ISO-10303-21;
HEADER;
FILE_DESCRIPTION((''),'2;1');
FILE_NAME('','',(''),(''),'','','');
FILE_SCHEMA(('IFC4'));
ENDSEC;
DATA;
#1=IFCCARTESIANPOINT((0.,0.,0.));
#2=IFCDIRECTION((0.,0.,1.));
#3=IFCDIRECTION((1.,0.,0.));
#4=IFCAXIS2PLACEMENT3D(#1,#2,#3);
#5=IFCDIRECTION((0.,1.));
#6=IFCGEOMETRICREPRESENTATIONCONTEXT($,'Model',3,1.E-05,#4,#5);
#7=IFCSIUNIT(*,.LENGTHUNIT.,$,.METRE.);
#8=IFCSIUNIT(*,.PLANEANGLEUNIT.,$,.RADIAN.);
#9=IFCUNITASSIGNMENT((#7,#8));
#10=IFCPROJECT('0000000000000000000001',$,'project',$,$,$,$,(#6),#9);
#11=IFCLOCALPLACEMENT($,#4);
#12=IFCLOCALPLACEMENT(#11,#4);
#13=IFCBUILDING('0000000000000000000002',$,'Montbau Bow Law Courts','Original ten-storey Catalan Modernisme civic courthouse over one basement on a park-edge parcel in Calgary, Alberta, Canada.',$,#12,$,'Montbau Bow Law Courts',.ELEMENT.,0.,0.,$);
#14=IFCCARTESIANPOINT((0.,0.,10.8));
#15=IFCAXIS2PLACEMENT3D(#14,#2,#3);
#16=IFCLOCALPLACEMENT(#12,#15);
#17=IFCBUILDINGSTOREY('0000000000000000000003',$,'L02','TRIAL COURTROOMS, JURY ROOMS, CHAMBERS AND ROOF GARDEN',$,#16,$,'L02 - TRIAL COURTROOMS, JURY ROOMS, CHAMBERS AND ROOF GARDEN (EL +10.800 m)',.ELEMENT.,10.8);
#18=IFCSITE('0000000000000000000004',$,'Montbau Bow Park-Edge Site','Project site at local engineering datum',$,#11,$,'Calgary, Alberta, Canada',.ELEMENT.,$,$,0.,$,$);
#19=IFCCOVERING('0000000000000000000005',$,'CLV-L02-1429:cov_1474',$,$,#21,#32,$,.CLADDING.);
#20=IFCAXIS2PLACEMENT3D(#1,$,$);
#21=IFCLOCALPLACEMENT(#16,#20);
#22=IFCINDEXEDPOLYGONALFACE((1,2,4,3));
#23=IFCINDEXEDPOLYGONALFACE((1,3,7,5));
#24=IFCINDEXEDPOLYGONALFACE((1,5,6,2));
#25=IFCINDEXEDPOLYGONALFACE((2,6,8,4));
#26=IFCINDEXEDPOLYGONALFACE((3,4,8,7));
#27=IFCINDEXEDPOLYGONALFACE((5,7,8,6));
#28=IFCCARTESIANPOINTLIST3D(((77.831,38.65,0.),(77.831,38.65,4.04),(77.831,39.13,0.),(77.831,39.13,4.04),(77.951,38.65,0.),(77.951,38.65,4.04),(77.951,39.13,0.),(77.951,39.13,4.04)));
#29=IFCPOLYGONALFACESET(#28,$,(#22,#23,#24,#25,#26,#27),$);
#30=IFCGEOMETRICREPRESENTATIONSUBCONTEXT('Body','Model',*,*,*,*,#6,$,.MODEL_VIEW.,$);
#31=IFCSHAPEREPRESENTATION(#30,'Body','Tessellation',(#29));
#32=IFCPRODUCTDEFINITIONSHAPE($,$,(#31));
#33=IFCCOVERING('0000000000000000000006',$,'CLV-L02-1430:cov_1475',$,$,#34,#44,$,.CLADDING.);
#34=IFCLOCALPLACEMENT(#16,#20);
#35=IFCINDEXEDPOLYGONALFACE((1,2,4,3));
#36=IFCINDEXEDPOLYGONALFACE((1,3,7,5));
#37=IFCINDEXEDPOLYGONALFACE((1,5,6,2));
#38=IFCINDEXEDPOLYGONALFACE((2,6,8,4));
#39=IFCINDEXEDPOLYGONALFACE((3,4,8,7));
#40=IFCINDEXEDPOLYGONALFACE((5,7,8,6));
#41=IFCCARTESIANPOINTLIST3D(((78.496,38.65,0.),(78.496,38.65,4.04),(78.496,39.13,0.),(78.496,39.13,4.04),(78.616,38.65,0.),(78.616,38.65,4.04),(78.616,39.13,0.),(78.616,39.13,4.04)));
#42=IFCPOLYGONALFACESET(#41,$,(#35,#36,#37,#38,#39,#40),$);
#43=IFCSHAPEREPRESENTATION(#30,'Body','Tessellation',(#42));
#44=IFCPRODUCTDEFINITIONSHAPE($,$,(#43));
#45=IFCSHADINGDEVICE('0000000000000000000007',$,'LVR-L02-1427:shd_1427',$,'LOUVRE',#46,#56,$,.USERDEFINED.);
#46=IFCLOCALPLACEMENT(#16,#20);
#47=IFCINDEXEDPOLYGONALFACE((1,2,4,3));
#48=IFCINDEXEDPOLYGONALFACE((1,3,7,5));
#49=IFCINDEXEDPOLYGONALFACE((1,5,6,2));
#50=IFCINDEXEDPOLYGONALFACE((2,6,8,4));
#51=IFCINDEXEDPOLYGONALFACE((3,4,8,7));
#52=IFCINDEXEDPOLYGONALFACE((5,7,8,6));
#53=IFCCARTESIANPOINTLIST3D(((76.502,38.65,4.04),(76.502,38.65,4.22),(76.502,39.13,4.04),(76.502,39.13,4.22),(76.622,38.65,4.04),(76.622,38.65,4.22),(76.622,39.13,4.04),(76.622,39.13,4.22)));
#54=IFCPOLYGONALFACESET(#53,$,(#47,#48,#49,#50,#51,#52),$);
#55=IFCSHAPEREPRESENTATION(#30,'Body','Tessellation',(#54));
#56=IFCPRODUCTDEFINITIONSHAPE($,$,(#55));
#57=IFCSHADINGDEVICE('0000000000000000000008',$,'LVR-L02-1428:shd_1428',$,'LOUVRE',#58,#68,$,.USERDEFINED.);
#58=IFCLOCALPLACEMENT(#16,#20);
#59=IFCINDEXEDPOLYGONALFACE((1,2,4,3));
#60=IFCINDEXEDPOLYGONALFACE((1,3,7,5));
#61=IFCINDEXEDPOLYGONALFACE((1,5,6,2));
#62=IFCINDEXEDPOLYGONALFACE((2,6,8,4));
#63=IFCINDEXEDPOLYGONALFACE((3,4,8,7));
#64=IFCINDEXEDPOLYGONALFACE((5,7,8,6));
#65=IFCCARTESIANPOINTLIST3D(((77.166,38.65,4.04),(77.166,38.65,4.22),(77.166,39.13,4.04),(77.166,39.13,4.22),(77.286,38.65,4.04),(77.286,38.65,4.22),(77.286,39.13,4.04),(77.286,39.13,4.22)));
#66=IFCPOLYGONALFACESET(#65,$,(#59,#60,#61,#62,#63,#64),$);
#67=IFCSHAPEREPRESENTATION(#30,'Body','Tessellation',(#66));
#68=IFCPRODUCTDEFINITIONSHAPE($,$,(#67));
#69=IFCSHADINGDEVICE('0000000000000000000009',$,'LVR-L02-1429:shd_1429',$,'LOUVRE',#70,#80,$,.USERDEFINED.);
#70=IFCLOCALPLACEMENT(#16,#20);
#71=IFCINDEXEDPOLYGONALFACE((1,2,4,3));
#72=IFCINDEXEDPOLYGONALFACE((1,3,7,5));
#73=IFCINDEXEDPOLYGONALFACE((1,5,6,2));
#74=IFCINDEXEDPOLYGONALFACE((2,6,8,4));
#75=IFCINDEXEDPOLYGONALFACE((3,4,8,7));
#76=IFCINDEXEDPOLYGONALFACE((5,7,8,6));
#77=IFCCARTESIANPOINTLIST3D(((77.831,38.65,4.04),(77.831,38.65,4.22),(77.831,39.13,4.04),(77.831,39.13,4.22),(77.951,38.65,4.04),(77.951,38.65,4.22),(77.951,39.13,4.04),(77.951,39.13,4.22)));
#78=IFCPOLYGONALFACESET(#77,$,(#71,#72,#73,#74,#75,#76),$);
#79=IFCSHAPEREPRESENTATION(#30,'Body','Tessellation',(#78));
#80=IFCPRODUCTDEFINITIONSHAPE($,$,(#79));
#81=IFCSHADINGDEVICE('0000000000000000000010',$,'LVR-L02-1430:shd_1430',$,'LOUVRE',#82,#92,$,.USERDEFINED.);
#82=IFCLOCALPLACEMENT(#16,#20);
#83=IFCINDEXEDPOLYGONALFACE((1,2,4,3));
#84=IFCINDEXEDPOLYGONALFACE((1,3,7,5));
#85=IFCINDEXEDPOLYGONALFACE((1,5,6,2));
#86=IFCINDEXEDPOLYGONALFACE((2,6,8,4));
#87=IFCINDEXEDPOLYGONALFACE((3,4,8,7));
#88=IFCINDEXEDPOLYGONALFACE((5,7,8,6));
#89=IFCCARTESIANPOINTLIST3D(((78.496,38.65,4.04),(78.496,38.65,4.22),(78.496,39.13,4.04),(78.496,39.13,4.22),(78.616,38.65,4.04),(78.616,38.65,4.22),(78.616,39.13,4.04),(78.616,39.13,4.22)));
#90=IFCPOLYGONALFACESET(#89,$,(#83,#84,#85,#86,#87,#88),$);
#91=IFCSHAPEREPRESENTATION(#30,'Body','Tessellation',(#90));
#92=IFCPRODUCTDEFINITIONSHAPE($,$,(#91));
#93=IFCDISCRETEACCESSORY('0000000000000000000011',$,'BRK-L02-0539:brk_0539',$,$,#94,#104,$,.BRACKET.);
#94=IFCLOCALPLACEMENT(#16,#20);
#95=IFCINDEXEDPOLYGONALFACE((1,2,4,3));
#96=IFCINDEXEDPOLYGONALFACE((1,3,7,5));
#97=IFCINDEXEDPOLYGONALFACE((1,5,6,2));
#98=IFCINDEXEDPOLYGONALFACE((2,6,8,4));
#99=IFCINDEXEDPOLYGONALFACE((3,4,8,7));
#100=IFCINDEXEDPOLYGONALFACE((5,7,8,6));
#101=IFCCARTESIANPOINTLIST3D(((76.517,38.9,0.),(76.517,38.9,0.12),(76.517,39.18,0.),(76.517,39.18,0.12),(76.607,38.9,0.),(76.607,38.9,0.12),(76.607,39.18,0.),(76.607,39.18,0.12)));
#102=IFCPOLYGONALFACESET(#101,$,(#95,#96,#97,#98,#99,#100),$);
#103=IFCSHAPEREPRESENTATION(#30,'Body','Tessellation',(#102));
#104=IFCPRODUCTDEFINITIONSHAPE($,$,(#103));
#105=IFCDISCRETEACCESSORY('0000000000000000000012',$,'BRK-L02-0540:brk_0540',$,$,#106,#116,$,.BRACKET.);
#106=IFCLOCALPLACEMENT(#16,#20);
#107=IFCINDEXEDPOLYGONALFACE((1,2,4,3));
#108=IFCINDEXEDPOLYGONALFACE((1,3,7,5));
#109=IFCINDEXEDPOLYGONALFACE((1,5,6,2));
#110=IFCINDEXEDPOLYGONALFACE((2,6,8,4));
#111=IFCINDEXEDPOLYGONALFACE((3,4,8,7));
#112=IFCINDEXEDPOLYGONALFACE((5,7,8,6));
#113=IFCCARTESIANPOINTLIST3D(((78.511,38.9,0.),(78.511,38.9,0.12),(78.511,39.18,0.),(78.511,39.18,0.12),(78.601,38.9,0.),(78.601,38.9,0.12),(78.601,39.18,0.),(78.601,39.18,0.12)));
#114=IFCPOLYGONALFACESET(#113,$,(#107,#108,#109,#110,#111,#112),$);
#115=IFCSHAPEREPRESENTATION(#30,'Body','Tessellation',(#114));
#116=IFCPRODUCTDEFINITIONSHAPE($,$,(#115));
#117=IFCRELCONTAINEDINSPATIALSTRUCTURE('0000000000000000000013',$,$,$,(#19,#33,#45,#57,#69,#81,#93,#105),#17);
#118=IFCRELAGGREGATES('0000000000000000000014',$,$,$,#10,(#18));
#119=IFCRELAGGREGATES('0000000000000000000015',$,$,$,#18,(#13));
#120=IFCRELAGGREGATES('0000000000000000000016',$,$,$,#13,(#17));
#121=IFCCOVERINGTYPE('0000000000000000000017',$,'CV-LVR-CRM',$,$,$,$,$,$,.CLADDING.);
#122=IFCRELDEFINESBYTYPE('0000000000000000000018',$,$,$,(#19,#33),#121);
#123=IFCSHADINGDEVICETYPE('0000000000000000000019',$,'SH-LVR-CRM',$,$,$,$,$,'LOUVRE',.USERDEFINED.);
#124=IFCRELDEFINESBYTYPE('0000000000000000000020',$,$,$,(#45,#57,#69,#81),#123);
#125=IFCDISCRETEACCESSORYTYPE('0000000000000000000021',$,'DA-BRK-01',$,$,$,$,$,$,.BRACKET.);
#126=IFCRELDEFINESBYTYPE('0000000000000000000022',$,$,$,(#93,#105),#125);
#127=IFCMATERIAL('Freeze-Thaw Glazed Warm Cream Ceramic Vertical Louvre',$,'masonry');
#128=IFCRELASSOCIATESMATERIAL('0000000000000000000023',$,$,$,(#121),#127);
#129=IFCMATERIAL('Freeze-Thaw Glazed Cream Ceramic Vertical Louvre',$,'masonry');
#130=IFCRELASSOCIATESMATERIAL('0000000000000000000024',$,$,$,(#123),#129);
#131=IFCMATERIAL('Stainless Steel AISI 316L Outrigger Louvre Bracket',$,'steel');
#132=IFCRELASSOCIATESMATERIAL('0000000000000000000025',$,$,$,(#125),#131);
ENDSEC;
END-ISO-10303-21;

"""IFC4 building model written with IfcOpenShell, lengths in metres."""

from ifc_helpers import new_model, si_unit, direction, frame, frame_2d, origin_with_axes, origin_2d_with_axis, place, context, subcontext, project, spatial, rectangle, extrude, material, type_object, element, save


model = new_model("IFC4")

# Units and contexts
model_context = context("Model", 3, precision=1e-05, world=origin_with_axes(), true_north=direction((0.0, 1.0)))
body_context = subcontext(model_context, "Body", "Model", "MODEL_VIEW")
ifc_project = project(units=[si_unit("LENGTHUNIT", "METRE"), si_unit("PLANEANGLEUNIT", "RADIAN")], contexts=[model_context])

# Site, building, storey
site_placement = place(None, origin_with_axes())
site = spatial("IfcSite", under=ifc_project, at=site_placement, Name="Montbau Bow Park-Edge Site", Description="Project site at local engineering datum", LongName="Calgary, Alberta, Canada", CompositionType="ELEMENT", RefElevation=0.0)
building_placement = place(site_placement, origin_with_axes())
building = spatial("IfcBuilding", under=site, at=building_placement, Name="Montbau Bow Law Courts", Description="Original ten-storey Catalan Modernisme civic courthouse over one basement on a park-edge parcel in Calgary, Alberta, Canada.", LongName="Montbau Bow Law Courts", CompositionType="ELEMENT", ElevationOfRefHeight=0.0, ElevationOfTerrain=0.0)
storey_placement = place(building_placement, frame((0.0, 0.0, 10.8), z_axis=(0.0, 0.0, 1.0), x_axis=(1.0, 0.0, 0.0)))
storey = spatial("IfcBuildingStorey", under=building, at=storey_placement, Name="L02", Description="TRIAL COURTROOMS, JURY ROOMS, CHAMBERS AND ROOF GARDEN", LongName="L02 - TRIAL COURTROOMS, JURY ROOMS, CHAMBERS AND ROOF GARDEN (EL +10.800 m)", CompositionType="ELEMENT", Elevation=10.8)

# Coverings
ifc_material_1 = material(Name="Freeze-Thaw Glazed Warm Cream Ceramic Vertical Louvre", Category="masonry")
covering_type = type_object("IfcCoveringType", Name="CV-LVR-CRM", PredefinedType="CLADDING", material=ifc_material_1)
for number, where, z_axis, x_axis, name in (
    (1, (77.891, 39.13, 10.8), (-1.0, 0.0, 0.0), (0.0, -1.0, 0.0), "CLV-L02-1429:cov_1474"),
    (2, (78.556, 39.13, 10.8), (-1.0, 0.0, 0.0), (0.0, -1.0, 0.0), "CLV-L02-1430:cov_1475"),
):
    element("IfcCovering", number, at=place(None, frame(where, z_axis=z_axis, x_axis=x_axis)), inside=storey, type_object=covering_type, Name=name, PredefinedType="CLADDING", context=body_context, shape_type="SweptSolid", body=[
        extrude(rectangle(XDim=0.48, YDim=4.04, at=frame_2d((0.24, 2.02), x_axis=(1.0, 0.0))), frame((0.0, 0.0, -0.06), z_axis=(0.0, 0.0, 1.0), x_axis=(1.0, 0.0, 0.0)), (0.0, 0.0, 1.0), 0.12),
    ])

# Shading devices
ifc_material_2 = material(Name="Freeze-Thaw Glazed Cream Ceramic Vertical Louvre", Category="masonry")
shading_device_type = type_object("IfcShadingDeviceType", Name="SH-LVR-CRM", ElementType="LOUVRE", PredefinedType="USERDEFINED", material=ifc_material_2)
for number, where, z_axis, x_axis, name in (
    (3, (76.562, 38.89, 14.84), (0.0, 0.0, 1.0), (0.0, -1.0, 0.0), "LVR-L02-1427:shd_1427"),
    (4, (77.226, 38.89, 14.84), (0.0, 0.0, 1.0), (0.0, -1.0, 0.0), "LVR-L02-1428:shd_1428"),
    (5, (77.891, 38.89, 14.84), (0.0, 0.0, 1.0), (0.0, -1.0, 0.0), "LVR-L02-1429:shd_1429"),
    (6, (78.556, 38.89, 14.84), (0.0, 0.0, 1.0), (0.0, -1.0, 0.0), "LVR-L02-1430:shd_1430"),
):
    element("IfcShadingDevice", number, at=place(None, frame(where, z_axis=z_axis, x_axis=x_axis)), inside=storey, type_object=shading_device_type, Name=name, ObjectType="LOUVRE", PredefinedType="USERDEFINED", context=body_context, shape_type="SweptSolid", body=[
        extrude(rectangle(XDim=0.48, YDim=0.12, at=origin_2d_with_axis()), origin_with_axes(), (0.0, 0.0, 1.0), 0.18),
    ])

# Discrete accessories
ifc_material_3 = material(Name="Stainless Steel AISI 316L Outrigger Louvre Bracket", Category="steel")
discrete_accessory_type = type_object("IfcDiscreteAccessoryType", Name="DA-BRK-01", PredefinedType="BRACKET", material=ifc_material_3)
for number, where, z_axis, x_axis, name in (
    (7, (76.562, 39.04, 10.8), (0.0, 0.0, 1.0), (0.0, -1.0, 0.0), "BRK-L02-0539:brk_0539"),
    (8, (78.556, 39.04, 10.8), (0.0, 0.0, 1.0), (0.0, -1.0, 0.0), "BRK-L02-0540:brk_0540"),
):
    element("IfcDiscreteAccessory", number, at=place(None, frame(where, z_axis=z_axis, x_axis=x_axis)), inside=storey, type_object=discrete_accessory_type, Name=name, PredefinedType="BRACKET", context=body_context, shape_type="SweptSolid", body=[
        extrude(rectangle(XDim=0.28, YDim=0.09, at=origin_2d_with_axis()), origin_with_axes(), (0.0, 0.0, 1.0), 0.12),
    ])

save(model, "model.ifc")
